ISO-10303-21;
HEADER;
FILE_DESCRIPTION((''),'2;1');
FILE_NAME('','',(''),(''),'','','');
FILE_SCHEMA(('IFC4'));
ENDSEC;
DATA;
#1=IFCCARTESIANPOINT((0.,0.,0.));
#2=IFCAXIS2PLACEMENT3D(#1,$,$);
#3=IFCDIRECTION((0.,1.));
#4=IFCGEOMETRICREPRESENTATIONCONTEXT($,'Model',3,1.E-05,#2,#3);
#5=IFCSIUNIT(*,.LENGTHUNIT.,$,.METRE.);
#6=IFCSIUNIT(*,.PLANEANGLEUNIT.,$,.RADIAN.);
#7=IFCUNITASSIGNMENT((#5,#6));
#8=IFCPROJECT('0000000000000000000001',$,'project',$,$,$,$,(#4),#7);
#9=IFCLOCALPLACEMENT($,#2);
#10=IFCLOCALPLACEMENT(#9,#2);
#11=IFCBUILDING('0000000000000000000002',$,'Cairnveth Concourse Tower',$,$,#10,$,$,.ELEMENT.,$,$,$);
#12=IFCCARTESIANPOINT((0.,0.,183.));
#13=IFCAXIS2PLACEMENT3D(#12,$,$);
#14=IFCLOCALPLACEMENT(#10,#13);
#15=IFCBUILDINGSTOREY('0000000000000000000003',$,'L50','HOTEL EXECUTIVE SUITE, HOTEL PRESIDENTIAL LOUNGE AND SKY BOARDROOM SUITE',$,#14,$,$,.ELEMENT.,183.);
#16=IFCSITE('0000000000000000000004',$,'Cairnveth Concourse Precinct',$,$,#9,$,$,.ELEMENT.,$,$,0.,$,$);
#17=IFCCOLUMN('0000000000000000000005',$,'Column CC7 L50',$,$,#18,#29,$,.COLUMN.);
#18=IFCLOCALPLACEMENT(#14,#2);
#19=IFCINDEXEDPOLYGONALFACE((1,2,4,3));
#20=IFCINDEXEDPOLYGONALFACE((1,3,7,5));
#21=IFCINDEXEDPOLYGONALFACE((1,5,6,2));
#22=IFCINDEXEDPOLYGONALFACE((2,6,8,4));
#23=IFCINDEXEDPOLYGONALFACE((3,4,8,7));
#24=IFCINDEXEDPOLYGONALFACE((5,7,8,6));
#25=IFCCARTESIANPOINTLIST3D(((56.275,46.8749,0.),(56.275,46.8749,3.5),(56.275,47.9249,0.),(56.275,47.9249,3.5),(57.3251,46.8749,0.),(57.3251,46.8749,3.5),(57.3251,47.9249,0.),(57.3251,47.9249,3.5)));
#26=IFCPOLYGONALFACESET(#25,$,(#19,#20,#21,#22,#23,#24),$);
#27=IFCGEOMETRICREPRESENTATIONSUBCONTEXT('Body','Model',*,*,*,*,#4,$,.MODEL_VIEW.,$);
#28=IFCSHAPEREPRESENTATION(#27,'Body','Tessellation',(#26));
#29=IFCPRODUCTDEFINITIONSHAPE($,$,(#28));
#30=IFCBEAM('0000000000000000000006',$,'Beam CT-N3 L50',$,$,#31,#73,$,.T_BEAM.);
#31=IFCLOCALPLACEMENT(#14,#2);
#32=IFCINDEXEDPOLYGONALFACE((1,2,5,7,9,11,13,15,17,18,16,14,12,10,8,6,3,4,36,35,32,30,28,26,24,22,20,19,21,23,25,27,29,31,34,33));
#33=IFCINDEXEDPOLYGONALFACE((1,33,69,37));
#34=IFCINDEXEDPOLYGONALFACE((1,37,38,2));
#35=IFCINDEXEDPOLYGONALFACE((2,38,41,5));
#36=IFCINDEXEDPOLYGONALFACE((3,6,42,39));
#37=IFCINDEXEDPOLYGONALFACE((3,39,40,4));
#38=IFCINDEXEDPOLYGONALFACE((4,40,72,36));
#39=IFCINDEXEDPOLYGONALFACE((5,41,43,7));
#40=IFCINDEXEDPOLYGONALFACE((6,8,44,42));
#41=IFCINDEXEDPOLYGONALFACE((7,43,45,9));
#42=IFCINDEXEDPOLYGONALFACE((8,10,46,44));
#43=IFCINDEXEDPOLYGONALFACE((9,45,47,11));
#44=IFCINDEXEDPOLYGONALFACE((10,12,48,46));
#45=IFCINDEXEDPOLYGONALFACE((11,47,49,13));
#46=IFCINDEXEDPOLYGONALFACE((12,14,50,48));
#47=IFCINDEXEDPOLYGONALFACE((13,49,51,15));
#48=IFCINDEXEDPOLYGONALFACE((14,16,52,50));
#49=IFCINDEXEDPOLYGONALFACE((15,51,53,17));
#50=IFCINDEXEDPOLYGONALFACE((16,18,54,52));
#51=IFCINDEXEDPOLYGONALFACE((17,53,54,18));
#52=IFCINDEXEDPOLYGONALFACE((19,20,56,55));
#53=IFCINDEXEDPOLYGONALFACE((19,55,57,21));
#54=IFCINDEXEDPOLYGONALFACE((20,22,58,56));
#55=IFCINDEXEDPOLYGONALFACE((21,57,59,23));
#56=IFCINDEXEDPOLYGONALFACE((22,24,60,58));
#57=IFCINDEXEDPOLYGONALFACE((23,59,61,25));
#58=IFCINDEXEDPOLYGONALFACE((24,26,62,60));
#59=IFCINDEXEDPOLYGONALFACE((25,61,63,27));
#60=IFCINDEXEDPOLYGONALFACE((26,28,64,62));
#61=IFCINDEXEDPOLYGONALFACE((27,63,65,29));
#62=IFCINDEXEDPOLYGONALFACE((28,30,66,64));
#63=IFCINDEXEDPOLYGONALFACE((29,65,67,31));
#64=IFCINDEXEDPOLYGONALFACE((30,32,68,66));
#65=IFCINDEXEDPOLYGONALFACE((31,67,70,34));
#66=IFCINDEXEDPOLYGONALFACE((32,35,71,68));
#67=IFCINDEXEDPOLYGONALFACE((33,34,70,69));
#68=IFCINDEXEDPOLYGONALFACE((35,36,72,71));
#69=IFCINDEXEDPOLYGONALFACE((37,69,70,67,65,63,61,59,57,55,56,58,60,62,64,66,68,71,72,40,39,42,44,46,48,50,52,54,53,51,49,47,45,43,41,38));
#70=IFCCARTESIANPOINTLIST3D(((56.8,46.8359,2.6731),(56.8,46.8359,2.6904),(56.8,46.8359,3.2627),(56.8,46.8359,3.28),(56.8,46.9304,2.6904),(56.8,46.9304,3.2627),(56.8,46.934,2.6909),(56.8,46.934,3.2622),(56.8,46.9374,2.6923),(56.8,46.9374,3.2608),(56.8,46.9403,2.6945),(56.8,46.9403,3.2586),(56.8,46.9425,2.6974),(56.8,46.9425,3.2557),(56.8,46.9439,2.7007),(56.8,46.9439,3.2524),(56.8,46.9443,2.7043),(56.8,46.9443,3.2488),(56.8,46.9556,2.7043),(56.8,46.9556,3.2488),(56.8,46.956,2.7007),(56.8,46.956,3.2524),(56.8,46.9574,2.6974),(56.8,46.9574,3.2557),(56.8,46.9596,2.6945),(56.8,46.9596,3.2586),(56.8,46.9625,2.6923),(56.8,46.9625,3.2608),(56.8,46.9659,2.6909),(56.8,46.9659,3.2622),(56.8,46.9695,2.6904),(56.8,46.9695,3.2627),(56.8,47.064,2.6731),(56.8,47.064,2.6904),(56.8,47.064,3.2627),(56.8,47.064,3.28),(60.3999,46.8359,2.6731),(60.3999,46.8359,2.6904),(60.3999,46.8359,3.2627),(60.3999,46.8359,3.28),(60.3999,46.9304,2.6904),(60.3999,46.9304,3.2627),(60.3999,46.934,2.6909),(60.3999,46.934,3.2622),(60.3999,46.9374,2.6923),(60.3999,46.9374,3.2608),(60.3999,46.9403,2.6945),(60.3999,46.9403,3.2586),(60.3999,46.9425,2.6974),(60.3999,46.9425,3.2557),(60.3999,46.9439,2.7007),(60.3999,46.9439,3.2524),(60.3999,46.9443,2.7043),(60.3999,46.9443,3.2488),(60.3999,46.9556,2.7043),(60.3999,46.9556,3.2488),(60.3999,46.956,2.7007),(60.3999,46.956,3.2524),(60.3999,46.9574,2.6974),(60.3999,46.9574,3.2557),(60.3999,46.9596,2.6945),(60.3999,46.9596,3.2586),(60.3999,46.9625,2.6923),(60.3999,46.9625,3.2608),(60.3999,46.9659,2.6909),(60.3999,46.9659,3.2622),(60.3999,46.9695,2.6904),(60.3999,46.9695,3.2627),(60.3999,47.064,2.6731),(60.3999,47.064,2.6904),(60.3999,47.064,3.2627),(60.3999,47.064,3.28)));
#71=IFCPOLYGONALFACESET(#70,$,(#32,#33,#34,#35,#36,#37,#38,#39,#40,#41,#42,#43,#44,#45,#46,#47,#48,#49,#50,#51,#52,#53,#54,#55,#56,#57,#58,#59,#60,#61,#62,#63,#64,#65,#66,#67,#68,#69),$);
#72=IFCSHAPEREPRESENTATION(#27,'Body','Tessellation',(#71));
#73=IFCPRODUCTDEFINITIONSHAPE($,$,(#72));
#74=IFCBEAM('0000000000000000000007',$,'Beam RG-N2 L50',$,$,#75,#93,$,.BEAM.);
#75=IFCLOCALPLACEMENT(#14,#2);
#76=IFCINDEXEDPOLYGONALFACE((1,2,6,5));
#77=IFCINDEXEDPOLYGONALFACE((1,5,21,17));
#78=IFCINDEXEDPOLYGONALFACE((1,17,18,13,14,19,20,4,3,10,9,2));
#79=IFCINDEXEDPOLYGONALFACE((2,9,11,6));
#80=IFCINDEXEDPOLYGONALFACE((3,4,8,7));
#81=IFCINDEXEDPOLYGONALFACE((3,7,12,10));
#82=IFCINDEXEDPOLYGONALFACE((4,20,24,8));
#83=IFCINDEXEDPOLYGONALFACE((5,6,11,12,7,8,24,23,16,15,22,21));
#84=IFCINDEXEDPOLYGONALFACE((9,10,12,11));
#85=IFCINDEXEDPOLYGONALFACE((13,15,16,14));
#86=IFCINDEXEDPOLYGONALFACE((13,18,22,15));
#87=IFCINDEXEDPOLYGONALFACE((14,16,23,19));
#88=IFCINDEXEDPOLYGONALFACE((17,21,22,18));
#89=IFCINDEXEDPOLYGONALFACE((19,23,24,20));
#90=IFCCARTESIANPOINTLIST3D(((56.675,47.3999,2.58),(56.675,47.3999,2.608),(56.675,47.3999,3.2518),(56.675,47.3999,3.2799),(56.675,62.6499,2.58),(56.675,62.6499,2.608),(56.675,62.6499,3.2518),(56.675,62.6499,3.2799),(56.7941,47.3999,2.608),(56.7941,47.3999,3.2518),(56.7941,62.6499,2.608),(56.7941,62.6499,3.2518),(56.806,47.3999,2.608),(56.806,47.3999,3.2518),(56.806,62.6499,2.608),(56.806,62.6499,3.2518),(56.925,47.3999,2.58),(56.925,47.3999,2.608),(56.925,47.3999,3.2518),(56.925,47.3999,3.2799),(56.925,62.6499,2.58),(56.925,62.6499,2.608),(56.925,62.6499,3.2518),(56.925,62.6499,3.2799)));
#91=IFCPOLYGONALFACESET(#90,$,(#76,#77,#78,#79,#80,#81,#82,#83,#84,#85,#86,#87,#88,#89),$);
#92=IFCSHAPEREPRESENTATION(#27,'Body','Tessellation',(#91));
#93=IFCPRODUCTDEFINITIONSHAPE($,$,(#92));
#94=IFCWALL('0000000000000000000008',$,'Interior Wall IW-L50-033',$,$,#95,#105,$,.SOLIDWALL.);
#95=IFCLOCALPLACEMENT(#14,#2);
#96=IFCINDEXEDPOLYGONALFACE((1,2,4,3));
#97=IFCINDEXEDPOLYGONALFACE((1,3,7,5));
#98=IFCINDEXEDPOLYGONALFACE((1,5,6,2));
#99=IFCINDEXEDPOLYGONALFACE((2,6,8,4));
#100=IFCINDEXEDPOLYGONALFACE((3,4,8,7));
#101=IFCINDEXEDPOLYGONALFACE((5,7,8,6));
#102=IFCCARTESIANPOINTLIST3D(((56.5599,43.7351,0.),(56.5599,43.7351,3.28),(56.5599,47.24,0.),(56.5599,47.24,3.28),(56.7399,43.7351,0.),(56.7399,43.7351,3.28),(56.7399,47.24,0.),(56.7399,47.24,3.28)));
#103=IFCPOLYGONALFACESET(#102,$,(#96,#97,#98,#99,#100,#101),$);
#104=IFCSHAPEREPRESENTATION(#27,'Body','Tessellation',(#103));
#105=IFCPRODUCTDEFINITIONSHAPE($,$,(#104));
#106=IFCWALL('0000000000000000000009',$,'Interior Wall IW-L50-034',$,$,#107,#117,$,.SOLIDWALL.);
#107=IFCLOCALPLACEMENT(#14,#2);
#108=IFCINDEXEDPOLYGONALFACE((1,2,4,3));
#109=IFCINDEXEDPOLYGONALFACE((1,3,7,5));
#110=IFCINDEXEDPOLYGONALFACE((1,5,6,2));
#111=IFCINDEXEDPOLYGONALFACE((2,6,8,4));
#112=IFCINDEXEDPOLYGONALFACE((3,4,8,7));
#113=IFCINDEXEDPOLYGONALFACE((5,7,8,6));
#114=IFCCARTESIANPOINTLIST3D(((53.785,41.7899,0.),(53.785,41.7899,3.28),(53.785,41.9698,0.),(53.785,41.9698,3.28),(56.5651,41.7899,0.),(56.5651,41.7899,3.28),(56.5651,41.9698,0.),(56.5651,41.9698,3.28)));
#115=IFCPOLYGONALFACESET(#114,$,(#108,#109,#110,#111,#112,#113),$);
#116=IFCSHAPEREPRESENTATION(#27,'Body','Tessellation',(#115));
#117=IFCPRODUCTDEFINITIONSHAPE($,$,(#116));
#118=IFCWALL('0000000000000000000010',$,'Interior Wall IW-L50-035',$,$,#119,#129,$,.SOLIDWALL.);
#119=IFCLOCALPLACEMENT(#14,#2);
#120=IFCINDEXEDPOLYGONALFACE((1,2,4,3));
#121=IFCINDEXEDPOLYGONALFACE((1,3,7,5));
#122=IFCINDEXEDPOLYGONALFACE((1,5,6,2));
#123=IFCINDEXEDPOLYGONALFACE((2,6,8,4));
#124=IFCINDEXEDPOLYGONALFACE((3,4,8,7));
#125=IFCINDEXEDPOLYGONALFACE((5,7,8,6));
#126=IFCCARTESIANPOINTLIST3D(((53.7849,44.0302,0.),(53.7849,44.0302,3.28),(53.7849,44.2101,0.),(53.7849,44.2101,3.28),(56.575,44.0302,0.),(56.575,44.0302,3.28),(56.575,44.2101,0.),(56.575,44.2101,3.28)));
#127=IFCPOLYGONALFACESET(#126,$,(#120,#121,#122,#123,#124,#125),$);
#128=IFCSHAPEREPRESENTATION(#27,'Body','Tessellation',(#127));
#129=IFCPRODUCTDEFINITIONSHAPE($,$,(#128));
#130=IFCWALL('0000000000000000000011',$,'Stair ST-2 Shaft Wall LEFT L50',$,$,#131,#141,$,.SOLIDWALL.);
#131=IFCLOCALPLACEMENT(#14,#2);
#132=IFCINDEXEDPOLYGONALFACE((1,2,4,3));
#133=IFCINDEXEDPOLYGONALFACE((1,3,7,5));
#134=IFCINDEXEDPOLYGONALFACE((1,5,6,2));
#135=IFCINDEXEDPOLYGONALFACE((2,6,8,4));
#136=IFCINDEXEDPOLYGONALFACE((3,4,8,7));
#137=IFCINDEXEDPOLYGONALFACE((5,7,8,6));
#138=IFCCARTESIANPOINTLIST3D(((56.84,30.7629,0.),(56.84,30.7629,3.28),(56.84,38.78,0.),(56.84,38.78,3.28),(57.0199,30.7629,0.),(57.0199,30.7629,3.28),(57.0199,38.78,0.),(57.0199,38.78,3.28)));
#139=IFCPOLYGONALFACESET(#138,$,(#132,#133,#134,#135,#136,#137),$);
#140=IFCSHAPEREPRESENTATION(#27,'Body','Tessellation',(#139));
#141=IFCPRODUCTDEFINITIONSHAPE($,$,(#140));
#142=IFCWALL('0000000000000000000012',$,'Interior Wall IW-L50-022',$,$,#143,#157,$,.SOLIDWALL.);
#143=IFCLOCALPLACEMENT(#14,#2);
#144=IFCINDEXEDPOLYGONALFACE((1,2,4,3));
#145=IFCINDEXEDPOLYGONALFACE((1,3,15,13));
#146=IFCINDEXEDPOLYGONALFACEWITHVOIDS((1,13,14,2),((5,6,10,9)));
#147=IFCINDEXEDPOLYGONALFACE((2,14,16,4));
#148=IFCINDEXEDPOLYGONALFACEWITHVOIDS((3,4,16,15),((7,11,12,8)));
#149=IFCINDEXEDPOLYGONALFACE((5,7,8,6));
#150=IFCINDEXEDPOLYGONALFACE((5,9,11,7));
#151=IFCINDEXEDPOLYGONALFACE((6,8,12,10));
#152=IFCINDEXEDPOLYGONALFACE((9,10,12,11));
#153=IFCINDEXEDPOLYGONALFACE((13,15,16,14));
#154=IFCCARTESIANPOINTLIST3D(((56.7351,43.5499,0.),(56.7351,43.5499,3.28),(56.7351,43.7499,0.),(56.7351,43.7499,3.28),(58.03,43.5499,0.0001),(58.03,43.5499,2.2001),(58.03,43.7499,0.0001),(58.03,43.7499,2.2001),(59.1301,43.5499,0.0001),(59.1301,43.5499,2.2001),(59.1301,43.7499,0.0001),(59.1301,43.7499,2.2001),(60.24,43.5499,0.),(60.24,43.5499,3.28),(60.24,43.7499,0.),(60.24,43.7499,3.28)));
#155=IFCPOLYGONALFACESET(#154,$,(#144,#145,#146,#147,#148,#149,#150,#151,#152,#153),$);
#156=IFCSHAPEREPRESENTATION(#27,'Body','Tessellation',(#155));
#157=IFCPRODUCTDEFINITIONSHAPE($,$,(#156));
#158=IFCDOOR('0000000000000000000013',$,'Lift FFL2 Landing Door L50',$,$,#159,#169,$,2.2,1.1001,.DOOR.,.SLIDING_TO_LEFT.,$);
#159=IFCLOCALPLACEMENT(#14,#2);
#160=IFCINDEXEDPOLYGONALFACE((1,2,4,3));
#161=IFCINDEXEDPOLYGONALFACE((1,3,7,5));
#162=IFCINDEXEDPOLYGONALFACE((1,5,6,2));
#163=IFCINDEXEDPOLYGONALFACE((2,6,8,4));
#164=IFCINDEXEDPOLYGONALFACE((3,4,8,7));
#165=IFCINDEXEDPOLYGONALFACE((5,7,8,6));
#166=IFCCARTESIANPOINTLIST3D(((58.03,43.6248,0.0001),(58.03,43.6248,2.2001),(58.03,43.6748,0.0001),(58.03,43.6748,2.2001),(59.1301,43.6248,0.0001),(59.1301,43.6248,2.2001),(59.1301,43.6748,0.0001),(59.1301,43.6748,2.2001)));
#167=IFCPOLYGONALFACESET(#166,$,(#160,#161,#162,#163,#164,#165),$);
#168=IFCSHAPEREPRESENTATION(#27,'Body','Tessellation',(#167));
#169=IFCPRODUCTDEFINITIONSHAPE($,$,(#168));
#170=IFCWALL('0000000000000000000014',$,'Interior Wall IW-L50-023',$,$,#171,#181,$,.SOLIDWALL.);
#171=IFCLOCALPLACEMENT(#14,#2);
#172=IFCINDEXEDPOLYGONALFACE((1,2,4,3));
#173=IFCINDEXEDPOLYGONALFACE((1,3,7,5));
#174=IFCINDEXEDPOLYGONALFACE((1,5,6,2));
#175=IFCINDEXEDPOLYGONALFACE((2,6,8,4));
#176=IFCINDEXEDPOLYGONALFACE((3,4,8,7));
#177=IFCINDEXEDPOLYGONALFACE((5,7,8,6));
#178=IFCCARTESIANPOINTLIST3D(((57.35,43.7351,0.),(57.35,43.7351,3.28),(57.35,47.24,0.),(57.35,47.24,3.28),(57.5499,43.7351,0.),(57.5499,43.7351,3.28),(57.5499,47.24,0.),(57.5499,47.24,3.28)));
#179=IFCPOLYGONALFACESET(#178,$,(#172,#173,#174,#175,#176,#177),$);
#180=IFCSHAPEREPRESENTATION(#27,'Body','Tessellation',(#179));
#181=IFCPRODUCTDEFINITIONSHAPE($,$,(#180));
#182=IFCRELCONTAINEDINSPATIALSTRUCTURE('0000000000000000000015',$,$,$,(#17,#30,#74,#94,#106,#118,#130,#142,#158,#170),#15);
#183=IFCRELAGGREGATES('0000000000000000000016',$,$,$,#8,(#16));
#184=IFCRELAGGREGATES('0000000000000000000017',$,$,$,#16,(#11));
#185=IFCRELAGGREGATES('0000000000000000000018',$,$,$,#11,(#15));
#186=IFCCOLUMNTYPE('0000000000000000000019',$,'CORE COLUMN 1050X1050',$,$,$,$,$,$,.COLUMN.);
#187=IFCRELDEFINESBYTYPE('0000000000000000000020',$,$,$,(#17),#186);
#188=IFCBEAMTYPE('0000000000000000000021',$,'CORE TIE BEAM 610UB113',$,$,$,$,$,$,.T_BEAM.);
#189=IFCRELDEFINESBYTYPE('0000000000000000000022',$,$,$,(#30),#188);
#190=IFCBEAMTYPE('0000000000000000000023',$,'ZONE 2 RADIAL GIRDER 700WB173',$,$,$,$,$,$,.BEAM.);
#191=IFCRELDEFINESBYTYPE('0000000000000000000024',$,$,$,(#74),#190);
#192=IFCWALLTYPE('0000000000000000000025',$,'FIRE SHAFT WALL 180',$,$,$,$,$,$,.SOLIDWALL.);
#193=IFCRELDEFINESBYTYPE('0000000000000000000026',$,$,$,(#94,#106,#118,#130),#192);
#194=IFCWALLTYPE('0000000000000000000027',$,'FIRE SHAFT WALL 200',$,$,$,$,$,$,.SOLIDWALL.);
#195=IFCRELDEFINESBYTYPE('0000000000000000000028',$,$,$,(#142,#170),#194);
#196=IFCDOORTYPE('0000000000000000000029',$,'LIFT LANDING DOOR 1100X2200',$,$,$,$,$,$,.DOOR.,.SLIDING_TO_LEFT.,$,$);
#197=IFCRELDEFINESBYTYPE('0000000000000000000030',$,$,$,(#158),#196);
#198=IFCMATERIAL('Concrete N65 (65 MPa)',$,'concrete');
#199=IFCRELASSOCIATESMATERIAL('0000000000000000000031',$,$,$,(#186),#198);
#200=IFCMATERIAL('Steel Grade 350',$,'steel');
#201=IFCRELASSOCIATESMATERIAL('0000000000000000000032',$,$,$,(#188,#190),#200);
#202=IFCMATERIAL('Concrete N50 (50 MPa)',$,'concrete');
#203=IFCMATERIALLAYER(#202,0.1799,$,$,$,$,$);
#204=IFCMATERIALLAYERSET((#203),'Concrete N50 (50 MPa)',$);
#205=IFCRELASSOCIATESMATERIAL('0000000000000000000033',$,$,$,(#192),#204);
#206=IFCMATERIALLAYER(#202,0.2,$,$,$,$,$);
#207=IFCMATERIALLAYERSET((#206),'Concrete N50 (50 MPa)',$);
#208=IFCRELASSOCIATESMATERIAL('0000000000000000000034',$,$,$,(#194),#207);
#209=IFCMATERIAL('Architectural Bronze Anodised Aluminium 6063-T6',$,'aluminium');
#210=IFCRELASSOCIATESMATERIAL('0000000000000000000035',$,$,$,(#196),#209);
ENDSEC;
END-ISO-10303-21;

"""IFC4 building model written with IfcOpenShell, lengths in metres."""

from ifc_helpers import new_model, si_unit, direction, frame, frame_2d, origin, origin_2d, place, context, subcontext, project, spatial, rectangle, i_section, extrude, material, layer, layer_set, material_profile, profile_set, type_object, element, fill, save


model = new_model("IFC4")

# Units and contexts
model_context = context("Model", 3, precision=1e-05, world=origin(), true_north=direction((0.0, 1.0)))
body_context = subcontext(model_context, "Body", "Model", "MODEL_VIEW")
ifc_project = project(units=[si_unit("LENGTHUNIT", "METRE"), si_unit("PLANEANGLEUNIT", "RADIAN")], contexts=[model_context])

# Site, building, storey
site_placement = place(None, origin())
site = spatial("IfcSite", under=ifc_project, at=site_placement, Name="Cairnveth Concourse Precinct", CompositionType="ELEMENT", RefElevation=0.0)
building_placement = place(site_placement, origin())
building = spatial("IfcBuilding", under=site, at=building_placement, Name="Cairnveth Concourse Tower", CompositionType="ELEMENT")
storey_placement = place(building_placement, frame((0.0, 0.0, 183.0)))
storey = spatial("IfcBuildingStorey", under=building, at=storey_placement, Name="L50", Description="HOTEL EXECUTIVE SUITE, HOTEL PRESIDENTIAL LOUNGE AND SKY BOARDROOM SUITE", CompositionType="ELEMENT", Elevation=183.0)

# Column
ifc_material_1 = material(Name="Concrete N65 (65 MPa)", Category="concrete")
ifc_material_profile_1 = material_profile(ifc_material_1, rectangle(XDim=1.05, YDim=1.05, at=origin_2d()), Name="RC-COL-1050x1050")
ifc_profile_set_1 = profile_set([ifc_material_profile_1], Name="Concrete N65 (65 MPa)")
column_type = type_object("IfcColumnType", Name="CORE COLUMN 1050X1050", PredefinedType="COLUMN", material=ifc_profile_set_1)
column_placement = place(storey_placement, frame((56.8, 47.3999, 0.0), z_axis=(0.0, 0.0, 1.0), x_axis=(1.0, 0.0, 0.0)))
element("IfcColumn", 1, at=column_placement, inside=storey, type_object=column_type, Name="Column CC7 L50", PredefinedType="COLUMN", context=body_context, shape_type="SweptSolid", body=[
    extrude(rectangle(XDim=1.05, YDim=1.05, at=origin_2d()), origin(), (0.0, 0.0, 1.0), 3.5),
])

# Beams
ifc_material_2 = material(Name="Steel Grade 350", Category="steel")
ifc_material_profile_2 = material_profile(ifc_material_2, i_section(OverallWidth=0.228, OverallDepth=0.6069, WebThickness=0.0112, FlangeThickness=0.0173, FilletRadius=0.0139, at=origin_2d()), Name="610UB113")
ifc_profile_set_2 = profile_set([ifc_material_profile_2], Name="Steel Grade 350")
beam_type_1 = type_object("IfcBeamType", Name="CORE TIE BEAM 610UB113", PredefinedType="T_BEAM", material=ifc_profile_set_2)
beam_1_placement = place(storey_placement, frame((56.8, 46.95, 2.9766), z_axis=(1.0, 0.0, 0.0), x_axis=(0.0, 1.0, 0.0)))
element("IfcBeam", 2, at=beam_1_placement, inside=storey, type_object=beam_type_1, Name="Beam CT-N3 L50", PredefinedType="T_BEAM", context=body_context, shape_type="SweptSolid", body=[
    extrude(i_section(OverallWidth=0.228, OverallDepth=0.6069, WebThickness=0.0112, FlangeThickness=0.0173, FilletRadius=0.0139, at=origin_2d()), origin(), (0.0, 0.0, 1.0), 3.5999),
])
ifc_material_profile_3 = material_profile(ifc_material_2, i_section(OverallWidth=0.25, OverallDepth=0.7, WebThickness=0.012, FlangeThickness=0.0281, at=origin_2d()), Name="700WB173")
ifc_profile_set_3 = profile_set([ifc_material_profile_3], Name="Steel Grade 350")
beam_type_2 = type_object("IfcBeamType", Name="ZONE 2 RADIAL GIRDER 700WB173", PredefinedType="BEAM", material=ifc_profile_set_3)
beam_2_placement = place(storey_placement, frame((56.8, 47.3999, 2.9299), z_axis=(0.0, 1.0, 0.0), x_axis=(-1.0, 0.0, 0.0)))
element("IfcBeam", 3, at=beam_2_placement, inside=storey, type_object=beam_type_2, Name="Beam RG-N2 L50", PredefinedType="BEAM", context=body_context, shape_type="SweptSolid", body=[
    extrude(i_section(OverallWidth=0.25, OverallDepth=0.7, WebThickness=0.012, FlangeThickness=0.0281, at=origin_2d()), origin(), (0.0, 0.0, 1.0), 15.25),
])

# Walls
ifc_material_3 = material(Name="Concrete N50 (50 MPa)", Category="concrete")
ifc_layer_1 = layer(ifc_material_3, 0.1799)
ifc_layer_set_1 = layer_set([ifc_layer_1], Name="Concrete N50 (50 MPa)")
wall_type_1 = type_object("IfcWallType", Name="FIRE SHAFT WALL 180", PredefinedType="SOLIDWALL", material=ifc_layer_set_1)
wall_1_placement = place(storey_placement, frame((56.6499, 43.7351, 0.0), z_axis=(0.0, 0.0, 1.0), x_axis=(0.0, 1.0, 0.0)))
element("IfcWall", 4, at=wall_1_placement, inside=storey, type_object=wall_type_1, Name="Interior Wall IW-L50-033", PredefinedType="SOLIDWALL", context=body_context, shape_type="SweptSolid", body=[
    extrude(rectangle(XDim=3.5049, YDim=0.1799, at=frame_2d((1.7524, 0.0))), origin(), (0.0, 0.0, 1.0), 3.28),
])
wall_2_placement = place(storey_placement, frame((53.7849, 41.8799, 0.0), z_axis=(0.0, 0.0, 1.0), x_axis=(1.0, 0.0, 0.0)))
element("IfcWall", 5, at=wall_2_placement, inside=storey, type_object=wall_type_1, Name="Interior Wall IW-L50-034", PredefinedType="SOLIDWALL", context=body_context, shape_type="SweptSolid", body=[
    extrude(rectangle(XDim=2.78, YDim=0.1799, at=frame_2d((1.3901, 0.0))), origin(), (0.0, 0.0, 1.0), 3.28),
])
wall_3_placement = place(storey_placement, frame((53.7849, 44.1201, 0.0), z_axis=(0.0, 0.0, 1.0), x_axis=(1.0, 0.0, 0.0)))
element("IfcWall", 6, at=wall_3_placement, inside=storey, type_object=wall_type_1, Name="Interior Wall IW-L50-035", PredefinedType="SOLIDWALL", context=body_context, shape_type="SweptSolid", body=[
    extrude(rectangle(XDim=2.79, YDim=0.1799, at=frame_2d((1.395, 0.0))), origin(), (0.0, 0.0, 1.0), 3.28),
])

# Wall
wall_4_placement = place(storey_placement, frame((56.9299, 38.78, 0.0), z_axis=(0.0, 0.0, 1.0), x_axis=(0.0, -1.0, 0.0)))
element("IfcWall", 7, at=wall_4_placement, inside=storey, type_object=wall_type_1, Name="Stair ST-2 Shaft Wall LEFT L50", PredefinedType="SOLIDWALL", context=body_context, shape_type="SweptSolid", body=[
    extrude(rectangle(XDim=8.0171, YDim=0.1799, at=frame_2d((4.0085, 0.0))), origin(), (0.0, 0.0, 1.0), 3.28),
])

# Wall, opening, door
ifc_layer_2 = layer(ifc_material_3, 0.2)
ifc_layer_set_2 = layer_set([ifc_layer_2], Name="Concrete N50 (50 MPa)")
wall_type_2 = type_object("IfcWallType", Name="FIRE SHAFT WALL 200", PredefinedType="SOLIDWALL", material=ifc_layer_set_2)
wall_5_placement = place(storey_placement, frame((56.7351, 43.6499, 0.0), z_axis=(0.0, 0.0, 1.0), x_axis=(1.0, 0.0, 0.0)))
wall_5 = element("IfcWall", 8, at=wall_5_placement, inside=storey, type_object=wall_type_2, Name="Interior Wall IW-L50-022", PredefinedType="SOLIDWALL", context=body_context, shape_type="SweptSolid", body=[
    extrude(rectangle(XDim=3.5049, YDim=0.2, at=frame_2d((1.7524, 0.0))), origin(), (0.0, 0.0, 1.0), 3.28),
])
opening_1_placement = place(wall_5_placement, frame((1.2949, 0.0, 0.0)))
opening_1 = element("IfcOpeningElement", 9, at=opening_1_placement, cuts=wall_5, PredefinedType="OPENING", context=body_context, shape_type="SweptSolid", body=[
    extrude(rectangle(XDim=1.1001, YDim=2.2, at=frame_2d((0.55, 1.1001))), frame((0.0, 0.1099, 0.0), z_axis=(0.0, -1.0, 0.0), x_axis=(1.0, 0.0, 0.0)), (0.0, 0.0, 1.0), 0.22),
])
ifc_material_4 = material(Name="Architectural Bronze Anodised Aluminium 6063-T6", Category="aluminium")
door_type_1 = type_object("IfcDoorType", Name="LIFT LANDING DOOR 1100X2200", OperationType="SLIDING_TO_LEFT", PredefinedType="DOOR", material=ifc_material_4)
door_1_placement = place(opening_1_placement, origin())
door_1 = element("IfcDoor", 10, at=door_1_placement, inside=storey, type_object=door_type_1, Name="Lift FFL2 Landing Door L50", OperationType="SLIDING_TO_LEFT", OverallHeight=2.2, OverallWidth=1.1001, PredefinedType="DOOR", context=body_context, shape_type="SweptSolid", body=[
    extrude(rectangle(XDim=1.1001, YDim=2.2, at=frame_2d((0.55, 1.1001))), frame((0.0, 0.0249, 0.0), z_axis=(0.0, -1.0, 0.0), x_axis=(1.0, 0.0, 0.0)), (0.0, 0.0, 1.0), 0.05),
])
fill(opening_1, door_1)

# Wall
wall_6_placement = place(storey_placement, frame((57.45, 43.7351, 0.0), z_axis=(0.0, 0.0, 1.0), x_axis=(0.0, 1.0, 0.0)))
element("IfcWall", 11, at=wall_6_placement, inside=storey, type_object=wall_type_2, Name="Interior Wall IW-L50-023", PredefinedType="SOLIDWALL", context=body_context, shape_type="SweptSolid", body=[
    extrude(rectangle(XDim=3.5049, YDim=0.2, at=frame_2d((1.7524, 0.0))), origin(), (0.0, 0.0, 1.0), 3.28),
])

save(model, "model.ifc")
